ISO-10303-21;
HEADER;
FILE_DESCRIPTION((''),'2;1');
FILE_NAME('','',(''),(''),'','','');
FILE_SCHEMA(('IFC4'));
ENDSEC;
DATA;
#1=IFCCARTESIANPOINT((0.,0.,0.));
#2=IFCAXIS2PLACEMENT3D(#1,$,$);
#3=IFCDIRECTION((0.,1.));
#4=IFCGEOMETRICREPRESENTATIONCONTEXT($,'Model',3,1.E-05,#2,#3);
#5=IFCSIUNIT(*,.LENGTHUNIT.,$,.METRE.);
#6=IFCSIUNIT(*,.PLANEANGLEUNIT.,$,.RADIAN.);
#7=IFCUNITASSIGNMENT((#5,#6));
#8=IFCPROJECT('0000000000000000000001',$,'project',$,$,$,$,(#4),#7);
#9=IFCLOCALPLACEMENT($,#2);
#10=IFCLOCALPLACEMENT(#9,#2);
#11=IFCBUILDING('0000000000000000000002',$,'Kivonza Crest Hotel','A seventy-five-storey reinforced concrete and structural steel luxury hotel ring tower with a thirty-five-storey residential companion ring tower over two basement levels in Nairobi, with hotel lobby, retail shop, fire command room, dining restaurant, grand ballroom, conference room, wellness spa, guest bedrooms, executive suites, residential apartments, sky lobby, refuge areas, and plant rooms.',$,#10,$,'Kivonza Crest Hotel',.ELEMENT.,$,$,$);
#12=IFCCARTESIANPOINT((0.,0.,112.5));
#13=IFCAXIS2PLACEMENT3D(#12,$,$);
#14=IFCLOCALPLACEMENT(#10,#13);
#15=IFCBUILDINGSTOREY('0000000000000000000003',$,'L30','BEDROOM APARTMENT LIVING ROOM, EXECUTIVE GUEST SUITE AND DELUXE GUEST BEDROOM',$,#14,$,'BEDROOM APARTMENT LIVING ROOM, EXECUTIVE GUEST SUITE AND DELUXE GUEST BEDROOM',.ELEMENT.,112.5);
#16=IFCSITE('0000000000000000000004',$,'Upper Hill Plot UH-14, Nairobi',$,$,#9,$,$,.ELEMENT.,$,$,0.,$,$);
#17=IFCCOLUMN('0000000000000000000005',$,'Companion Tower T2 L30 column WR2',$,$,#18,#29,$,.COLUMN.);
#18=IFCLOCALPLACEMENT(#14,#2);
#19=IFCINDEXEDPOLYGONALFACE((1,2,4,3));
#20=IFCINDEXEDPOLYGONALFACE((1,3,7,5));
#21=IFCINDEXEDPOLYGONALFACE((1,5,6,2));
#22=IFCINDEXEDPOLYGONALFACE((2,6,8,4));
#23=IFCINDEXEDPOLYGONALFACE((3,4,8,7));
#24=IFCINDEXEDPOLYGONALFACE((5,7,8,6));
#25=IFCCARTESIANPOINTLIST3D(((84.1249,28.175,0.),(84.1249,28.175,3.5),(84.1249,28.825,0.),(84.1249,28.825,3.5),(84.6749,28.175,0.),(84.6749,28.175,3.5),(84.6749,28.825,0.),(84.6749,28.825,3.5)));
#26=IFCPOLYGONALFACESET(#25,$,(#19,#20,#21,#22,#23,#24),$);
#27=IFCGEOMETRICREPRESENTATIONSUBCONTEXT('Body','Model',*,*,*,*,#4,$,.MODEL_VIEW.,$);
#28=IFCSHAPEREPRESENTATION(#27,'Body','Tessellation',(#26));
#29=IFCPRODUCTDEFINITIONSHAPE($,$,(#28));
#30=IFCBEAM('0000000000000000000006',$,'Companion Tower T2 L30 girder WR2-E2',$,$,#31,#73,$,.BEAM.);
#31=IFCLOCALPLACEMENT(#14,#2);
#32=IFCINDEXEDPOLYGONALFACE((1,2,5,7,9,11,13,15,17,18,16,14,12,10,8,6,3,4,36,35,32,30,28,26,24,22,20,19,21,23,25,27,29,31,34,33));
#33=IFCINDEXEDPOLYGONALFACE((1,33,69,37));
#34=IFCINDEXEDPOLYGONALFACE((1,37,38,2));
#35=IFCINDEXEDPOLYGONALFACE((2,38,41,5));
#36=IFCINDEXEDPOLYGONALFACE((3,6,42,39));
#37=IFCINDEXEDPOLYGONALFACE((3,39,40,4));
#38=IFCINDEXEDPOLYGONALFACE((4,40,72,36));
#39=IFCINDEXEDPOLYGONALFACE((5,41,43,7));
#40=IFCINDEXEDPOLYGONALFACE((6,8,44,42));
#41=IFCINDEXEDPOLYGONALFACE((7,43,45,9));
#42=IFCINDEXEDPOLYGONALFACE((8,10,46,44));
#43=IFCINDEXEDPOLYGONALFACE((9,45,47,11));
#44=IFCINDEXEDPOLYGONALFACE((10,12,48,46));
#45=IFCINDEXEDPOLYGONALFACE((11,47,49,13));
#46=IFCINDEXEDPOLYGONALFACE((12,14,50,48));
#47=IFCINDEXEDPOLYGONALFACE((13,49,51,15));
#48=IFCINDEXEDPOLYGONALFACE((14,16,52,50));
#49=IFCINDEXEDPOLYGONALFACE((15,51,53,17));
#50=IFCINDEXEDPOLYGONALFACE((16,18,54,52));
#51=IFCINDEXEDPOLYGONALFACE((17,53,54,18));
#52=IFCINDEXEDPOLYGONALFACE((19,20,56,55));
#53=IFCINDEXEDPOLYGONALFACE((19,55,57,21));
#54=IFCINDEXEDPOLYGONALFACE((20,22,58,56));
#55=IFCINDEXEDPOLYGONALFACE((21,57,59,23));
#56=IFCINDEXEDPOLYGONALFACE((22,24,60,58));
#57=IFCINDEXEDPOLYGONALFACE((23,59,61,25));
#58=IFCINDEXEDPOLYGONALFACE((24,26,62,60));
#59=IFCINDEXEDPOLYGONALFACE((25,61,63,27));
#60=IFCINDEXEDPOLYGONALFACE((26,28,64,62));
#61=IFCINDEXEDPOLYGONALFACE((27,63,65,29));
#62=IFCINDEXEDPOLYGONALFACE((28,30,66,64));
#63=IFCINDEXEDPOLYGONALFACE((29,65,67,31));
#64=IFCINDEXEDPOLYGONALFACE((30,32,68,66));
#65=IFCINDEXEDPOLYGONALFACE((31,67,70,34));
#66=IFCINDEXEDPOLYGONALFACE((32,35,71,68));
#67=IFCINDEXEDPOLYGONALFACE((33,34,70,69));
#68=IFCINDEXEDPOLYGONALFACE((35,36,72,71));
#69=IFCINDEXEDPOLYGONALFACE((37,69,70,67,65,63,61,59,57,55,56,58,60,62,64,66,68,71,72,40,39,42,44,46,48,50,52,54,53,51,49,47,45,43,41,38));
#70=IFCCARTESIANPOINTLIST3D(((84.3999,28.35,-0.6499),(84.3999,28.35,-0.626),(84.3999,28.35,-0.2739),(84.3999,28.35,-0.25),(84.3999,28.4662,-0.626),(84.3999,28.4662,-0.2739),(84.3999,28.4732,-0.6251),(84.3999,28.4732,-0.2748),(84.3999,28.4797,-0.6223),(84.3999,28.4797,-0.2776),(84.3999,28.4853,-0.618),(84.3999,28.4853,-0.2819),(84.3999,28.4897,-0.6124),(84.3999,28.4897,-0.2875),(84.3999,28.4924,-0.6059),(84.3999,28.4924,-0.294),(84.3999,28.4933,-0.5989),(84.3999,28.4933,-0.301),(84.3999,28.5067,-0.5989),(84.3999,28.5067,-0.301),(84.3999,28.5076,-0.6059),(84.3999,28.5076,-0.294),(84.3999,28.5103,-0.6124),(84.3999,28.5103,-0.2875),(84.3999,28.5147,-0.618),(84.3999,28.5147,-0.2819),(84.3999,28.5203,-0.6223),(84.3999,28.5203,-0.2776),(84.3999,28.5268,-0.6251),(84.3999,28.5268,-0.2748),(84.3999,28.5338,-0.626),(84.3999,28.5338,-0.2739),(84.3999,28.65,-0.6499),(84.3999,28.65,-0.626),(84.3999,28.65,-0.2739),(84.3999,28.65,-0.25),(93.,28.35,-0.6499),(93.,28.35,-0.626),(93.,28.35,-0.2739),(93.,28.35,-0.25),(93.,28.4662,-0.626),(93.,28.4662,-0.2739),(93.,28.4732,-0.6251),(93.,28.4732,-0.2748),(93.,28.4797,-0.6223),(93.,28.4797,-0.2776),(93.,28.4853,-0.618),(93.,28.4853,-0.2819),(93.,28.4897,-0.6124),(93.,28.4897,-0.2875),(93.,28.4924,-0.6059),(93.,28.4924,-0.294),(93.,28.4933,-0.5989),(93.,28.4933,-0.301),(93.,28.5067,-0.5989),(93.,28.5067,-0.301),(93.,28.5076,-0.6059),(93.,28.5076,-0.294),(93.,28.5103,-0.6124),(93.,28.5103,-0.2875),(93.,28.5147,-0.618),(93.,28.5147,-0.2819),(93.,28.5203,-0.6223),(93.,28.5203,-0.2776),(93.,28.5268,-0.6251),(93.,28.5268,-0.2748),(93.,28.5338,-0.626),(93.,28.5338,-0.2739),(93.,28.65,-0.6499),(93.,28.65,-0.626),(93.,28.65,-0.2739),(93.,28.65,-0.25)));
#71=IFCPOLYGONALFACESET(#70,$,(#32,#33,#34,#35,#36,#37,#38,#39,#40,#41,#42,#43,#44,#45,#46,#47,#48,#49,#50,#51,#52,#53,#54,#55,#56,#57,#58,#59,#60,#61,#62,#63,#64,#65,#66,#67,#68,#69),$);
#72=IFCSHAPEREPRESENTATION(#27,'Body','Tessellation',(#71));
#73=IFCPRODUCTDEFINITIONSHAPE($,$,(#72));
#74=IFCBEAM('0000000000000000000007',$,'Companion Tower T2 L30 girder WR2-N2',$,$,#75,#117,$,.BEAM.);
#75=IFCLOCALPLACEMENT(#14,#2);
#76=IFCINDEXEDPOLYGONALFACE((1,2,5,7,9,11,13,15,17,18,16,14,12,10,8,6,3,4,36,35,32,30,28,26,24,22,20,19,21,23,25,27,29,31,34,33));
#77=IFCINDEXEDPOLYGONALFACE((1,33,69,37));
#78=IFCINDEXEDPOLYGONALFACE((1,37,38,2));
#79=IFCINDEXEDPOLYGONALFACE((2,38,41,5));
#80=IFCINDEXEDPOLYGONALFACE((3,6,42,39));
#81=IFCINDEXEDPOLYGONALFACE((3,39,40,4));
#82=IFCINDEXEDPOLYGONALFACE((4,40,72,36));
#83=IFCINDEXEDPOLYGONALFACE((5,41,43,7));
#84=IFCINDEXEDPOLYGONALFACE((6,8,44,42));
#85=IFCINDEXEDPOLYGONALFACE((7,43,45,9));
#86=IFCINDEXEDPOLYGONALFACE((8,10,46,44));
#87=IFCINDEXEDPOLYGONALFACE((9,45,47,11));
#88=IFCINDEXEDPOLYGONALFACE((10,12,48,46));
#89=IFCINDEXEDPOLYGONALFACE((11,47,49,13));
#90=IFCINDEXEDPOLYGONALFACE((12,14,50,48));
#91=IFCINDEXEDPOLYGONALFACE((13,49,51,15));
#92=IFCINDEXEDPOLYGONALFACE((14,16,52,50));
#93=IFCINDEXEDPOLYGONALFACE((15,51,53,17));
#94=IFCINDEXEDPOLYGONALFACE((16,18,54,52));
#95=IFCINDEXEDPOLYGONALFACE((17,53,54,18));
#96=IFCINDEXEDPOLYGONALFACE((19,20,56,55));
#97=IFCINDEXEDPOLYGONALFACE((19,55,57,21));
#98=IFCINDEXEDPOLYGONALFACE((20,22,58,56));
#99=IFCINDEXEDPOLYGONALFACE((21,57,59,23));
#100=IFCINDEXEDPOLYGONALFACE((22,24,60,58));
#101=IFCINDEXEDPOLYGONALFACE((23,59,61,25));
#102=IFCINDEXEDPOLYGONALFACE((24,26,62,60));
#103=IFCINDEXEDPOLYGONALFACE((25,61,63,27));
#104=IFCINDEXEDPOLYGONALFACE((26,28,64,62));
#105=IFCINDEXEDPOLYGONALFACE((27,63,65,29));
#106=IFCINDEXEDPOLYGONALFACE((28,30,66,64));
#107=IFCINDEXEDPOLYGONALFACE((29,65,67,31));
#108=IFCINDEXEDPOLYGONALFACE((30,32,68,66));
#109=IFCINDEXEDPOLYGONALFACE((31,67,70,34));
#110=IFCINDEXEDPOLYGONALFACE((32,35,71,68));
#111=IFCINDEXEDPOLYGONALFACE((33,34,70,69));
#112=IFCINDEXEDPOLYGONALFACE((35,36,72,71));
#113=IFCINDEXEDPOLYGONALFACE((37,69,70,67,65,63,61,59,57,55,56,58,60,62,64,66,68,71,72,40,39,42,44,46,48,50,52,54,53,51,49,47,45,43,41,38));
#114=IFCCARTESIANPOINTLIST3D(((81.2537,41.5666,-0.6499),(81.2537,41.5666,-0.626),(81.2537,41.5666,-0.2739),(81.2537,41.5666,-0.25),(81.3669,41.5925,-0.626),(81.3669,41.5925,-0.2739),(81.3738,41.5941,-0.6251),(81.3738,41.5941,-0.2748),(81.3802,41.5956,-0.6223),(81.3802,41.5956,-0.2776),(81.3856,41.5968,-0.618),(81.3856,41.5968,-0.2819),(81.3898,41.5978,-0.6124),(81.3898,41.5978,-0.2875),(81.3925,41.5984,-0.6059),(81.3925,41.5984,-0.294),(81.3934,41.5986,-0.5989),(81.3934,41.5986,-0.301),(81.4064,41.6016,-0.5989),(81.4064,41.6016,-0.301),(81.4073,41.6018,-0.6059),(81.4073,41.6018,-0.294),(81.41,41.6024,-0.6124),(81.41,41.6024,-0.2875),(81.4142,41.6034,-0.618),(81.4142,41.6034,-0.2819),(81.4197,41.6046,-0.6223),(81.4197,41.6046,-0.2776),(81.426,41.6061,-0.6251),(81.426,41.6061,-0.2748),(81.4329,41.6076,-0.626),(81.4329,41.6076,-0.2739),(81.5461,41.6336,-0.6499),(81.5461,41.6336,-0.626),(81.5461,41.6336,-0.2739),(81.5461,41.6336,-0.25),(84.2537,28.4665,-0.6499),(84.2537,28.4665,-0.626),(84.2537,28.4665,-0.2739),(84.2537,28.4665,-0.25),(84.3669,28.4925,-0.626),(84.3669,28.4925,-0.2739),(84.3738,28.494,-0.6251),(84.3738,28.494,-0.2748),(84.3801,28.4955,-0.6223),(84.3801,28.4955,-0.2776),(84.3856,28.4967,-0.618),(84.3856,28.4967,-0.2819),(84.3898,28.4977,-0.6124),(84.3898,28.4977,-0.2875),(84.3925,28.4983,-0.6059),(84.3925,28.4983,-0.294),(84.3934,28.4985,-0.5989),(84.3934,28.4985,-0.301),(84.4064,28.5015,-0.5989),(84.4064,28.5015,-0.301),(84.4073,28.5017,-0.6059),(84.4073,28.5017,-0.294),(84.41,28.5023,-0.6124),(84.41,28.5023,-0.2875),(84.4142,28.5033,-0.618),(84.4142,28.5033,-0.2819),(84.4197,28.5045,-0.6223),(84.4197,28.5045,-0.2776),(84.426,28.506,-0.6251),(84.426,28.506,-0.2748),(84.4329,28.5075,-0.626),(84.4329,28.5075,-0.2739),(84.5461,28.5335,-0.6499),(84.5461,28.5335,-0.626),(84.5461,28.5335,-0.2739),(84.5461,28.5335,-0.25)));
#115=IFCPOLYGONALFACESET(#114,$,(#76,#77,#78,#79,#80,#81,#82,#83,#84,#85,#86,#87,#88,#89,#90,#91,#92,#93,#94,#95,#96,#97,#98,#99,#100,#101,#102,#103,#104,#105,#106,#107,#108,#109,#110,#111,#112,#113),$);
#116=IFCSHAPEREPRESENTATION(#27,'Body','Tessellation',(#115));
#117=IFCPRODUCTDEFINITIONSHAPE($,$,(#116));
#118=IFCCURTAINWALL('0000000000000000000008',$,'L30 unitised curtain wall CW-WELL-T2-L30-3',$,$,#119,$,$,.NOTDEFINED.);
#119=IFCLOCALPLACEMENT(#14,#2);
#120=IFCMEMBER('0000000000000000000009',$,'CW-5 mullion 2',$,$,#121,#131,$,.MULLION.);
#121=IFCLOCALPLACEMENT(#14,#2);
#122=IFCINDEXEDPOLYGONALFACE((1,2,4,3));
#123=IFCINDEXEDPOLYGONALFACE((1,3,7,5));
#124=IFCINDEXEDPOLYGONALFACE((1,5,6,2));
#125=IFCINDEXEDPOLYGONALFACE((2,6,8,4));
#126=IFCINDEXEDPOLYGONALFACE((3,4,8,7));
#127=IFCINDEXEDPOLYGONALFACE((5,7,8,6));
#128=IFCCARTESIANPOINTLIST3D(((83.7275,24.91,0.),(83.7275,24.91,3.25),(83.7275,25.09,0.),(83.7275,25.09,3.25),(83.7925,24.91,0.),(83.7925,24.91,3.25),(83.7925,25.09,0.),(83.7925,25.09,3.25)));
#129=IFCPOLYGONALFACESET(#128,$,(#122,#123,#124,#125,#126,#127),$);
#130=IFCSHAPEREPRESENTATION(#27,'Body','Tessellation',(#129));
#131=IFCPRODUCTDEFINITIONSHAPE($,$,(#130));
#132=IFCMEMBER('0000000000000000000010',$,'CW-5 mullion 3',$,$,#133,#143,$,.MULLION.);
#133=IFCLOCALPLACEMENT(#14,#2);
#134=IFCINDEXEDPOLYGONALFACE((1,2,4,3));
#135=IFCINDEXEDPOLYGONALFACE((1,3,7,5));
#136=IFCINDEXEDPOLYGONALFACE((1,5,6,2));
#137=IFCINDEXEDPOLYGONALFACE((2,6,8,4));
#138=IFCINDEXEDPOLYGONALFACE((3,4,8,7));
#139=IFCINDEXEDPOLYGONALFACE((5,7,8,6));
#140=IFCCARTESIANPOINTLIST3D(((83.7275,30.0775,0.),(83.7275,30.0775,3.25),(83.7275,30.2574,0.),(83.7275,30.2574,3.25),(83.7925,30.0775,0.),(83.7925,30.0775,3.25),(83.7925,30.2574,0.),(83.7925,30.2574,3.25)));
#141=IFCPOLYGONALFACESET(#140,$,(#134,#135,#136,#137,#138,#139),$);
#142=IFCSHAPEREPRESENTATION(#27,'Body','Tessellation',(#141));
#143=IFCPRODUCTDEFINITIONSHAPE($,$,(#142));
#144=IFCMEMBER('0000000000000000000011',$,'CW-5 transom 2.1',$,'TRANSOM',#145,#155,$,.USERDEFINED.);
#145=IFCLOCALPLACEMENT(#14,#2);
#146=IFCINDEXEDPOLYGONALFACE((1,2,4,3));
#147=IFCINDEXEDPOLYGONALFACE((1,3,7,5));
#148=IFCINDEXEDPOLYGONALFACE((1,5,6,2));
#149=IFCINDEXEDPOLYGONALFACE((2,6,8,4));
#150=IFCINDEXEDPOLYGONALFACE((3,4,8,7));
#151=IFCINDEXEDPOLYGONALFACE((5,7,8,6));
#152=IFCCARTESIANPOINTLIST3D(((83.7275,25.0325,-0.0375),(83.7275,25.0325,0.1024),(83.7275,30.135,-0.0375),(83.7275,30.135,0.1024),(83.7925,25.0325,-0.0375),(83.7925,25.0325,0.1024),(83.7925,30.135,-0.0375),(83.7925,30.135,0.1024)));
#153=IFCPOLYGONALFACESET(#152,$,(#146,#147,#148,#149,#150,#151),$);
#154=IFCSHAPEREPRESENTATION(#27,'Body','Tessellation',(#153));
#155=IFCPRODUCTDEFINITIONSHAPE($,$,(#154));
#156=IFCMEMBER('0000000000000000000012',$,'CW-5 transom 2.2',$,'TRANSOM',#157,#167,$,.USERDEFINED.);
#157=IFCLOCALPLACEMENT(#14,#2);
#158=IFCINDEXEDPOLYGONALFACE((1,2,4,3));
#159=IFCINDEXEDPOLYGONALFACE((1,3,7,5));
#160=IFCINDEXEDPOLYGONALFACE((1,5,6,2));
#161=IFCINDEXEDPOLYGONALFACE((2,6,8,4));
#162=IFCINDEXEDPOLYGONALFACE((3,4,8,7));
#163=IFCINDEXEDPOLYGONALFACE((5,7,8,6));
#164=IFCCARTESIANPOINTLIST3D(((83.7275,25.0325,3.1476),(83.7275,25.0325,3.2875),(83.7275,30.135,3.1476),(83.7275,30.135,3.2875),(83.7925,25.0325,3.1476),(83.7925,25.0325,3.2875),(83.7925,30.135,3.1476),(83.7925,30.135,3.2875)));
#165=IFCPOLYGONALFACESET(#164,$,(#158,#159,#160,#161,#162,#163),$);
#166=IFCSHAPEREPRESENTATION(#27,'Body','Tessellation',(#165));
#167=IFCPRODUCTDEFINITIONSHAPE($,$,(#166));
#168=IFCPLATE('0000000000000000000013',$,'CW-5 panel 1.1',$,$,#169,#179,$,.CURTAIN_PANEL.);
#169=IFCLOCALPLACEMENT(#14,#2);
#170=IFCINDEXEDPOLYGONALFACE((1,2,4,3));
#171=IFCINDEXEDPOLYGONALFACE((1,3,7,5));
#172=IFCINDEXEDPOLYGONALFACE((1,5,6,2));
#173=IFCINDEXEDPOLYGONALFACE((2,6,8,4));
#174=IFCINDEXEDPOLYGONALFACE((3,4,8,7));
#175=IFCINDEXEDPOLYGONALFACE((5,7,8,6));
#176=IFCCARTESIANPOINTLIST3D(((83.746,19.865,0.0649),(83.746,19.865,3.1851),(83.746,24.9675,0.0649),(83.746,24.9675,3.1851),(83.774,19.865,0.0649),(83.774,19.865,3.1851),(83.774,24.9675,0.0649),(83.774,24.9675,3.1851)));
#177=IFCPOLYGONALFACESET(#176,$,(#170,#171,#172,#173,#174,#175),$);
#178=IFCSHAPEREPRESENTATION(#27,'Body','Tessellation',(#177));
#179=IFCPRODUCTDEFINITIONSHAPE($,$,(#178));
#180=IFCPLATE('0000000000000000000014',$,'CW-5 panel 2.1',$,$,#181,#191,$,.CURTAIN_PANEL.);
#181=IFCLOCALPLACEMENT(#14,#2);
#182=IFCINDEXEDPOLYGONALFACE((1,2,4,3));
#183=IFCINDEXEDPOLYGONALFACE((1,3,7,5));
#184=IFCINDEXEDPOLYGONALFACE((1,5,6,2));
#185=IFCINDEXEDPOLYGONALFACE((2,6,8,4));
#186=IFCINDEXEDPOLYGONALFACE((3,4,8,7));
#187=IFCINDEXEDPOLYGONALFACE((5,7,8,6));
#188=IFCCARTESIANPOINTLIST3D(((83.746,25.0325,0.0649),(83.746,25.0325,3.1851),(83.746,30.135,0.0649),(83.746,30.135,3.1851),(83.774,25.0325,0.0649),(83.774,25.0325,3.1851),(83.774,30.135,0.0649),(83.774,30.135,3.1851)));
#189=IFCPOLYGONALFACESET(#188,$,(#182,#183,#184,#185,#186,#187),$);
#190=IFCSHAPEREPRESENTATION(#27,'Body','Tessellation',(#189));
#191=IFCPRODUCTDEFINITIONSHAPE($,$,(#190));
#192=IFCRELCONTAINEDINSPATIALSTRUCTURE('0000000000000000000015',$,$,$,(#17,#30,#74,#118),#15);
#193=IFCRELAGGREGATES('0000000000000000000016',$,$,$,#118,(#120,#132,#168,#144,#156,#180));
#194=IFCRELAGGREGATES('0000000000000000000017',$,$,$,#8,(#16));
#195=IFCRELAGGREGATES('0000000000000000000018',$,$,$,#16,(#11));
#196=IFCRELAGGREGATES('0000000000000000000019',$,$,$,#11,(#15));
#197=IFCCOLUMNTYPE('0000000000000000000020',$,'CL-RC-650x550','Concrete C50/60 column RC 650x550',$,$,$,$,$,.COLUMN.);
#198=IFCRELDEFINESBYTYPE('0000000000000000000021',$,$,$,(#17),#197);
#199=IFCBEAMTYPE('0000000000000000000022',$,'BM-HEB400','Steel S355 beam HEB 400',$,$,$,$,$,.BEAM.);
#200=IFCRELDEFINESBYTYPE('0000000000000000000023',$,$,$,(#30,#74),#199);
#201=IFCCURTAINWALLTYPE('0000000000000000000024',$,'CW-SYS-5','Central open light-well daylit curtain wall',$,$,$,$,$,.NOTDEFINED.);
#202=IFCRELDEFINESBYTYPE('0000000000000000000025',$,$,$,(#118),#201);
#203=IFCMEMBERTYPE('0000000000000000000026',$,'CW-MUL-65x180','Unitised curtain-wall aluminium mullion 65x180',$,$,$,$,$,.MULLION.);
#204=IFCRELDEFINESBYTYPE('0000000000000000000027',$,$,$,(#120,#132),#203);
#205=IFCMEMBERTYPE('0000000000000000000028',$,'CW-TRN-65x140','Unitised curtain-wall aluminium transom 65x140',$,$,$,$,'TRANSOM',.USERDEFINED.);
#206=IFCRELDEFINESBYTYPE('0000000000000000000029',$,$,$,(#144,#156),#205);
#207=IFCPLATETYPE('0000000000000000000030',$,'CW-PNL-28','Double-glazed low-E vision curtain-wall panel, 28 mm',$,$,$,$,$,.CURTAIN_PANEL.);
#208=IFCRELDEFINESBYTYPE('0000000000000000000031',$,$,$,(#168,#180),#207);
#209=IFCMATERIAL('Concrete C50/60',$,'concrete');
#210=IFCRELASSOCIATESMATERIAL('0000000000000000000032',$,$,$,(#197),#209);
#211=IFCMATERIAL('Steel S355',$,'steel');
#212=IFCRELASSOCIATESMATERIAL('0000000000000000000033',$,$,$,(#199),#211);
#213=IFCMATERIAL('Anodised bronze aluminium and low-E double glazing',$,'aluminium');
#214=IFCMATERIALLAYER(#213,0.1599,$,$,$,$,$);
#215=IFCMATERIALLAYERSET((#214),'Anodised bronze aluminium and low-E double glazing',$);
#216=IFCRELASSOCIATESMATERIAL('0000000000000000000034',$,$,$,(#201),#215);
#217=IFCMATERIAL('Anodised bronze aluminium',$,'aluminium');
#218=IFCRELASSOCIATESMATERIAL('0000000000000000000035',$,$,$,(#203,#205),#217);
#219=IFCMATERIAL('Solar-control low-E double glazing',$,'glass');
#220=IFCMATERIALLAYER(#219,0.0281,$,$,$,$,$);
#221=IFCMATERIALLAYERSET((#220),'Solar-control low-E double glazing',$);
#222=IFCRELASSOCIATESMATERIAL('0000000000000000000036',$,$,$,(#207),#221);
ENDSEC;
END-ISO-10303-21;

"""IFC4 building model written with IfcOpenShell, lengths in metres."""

from ifc_helpers import new_model, si_unit, direction, frame, origin, origin_2d, place, context, subcontext, project, spatial, rectangle, i_section, extrude, material, layer, layer_set, material_profile, profile_set, type_object, element, aggregate, save


model = new_model("IFC4")

# Units and contexts
model_context = context("Model", 3, precision=1e-05, world=origin(), true_north=direction((0.0, 1.0)))
body_context = subcontext(model_context, "Body", "Model", "MODEL_VIEW")
ifc_project = project(units=[si_unit("LENGTHUNIT", "METRE"), si_unit("PLANEANGLEUNIT", "RADIAN")], contexts=[model_context])

# Site, building, storey
site_placement = place(None, origin())
site = spatial("IfcSite", under=ifc_project, at=site_placement, Name="Upper Hill Plot UH-14, Nairobi", CompositionType="ELEMENT", RefElevation=0.0)
building_placement = place(site_placement, origin())
building = spatial("IfcBuilding", under=site, at=building_placement, Name="Kivonza Crest Hotel", Description="A seventy-five-storey reinforced concrete and structural steel luxury hotel ring tower with a thirty-five-storey residential companion ring tower over two basement levels in Nairobi, with hotel lobby, retail shop, fire command room, dining restaurant, grand ballroom, conference room, wellness spa, guest bedrooms, executive suites, residential apartments, sky lobby, refuge areas, and plant rooms.", LongName="Kivonza Crest Hotel", CompositionType="ELEMENT")
storey_placement = place(building_placement, frame((0.0, 0.0, 112.5)))
storey = spatial("IfcBuildingStorey", under=building, at=storey_placement, Name="L30", Description="BEDROOM APARTMENT LIVING ROOM, EXECUTIVE GUEST SUITE AND DELUXE GUEST BEDROOM", LongName="BEDROOM APARTMENT LIVING ROOM, EXECUTIVE GUEST SUITE AND DELUXE GUEST BEDROOM", CompositionType="ELEMENT", Elevation=112.5)

# Column
ifc_material_1 = material(Name="Concrete C50/60", Category="concrete")
ifc_material_profile_1 = material_profile(ifc_material_1, rectangle(XDim=0.55, YDim=0.6499, at=origin_2d()), Name="RC 650x550")
ifc_profile_set_1 = profile_set([ifc_material_profile_1], Name="Concrete C50/60")
column_type = type_object("IfcColumnType", Name="CL-RC-650x550", Description="Concrete C50/60 column RC 650x550", PredefinedType="COLUMN", material=ifc_profile_set_1)
column_placement = place(storey_placement, frame((84.3999, 28.5, 0.0), z_axis=(0.0, 0.0, 1.0), x_axis=(1.0, 0.0, 0.0)))
element("IfcColumn", 1, at=column_placement, inside=storey, type_object=column_type, Name="Companion Tower T2 L30 column WR2", PredefinedType="COLUMN", context=body_context, shape_type="SweptSolid", body=[
    extrude(rectangle(XDim=0.55, YDim=0.6499, at=origin_2d()), origin(), (0.0, 0.0, 1.0), 3.5),
])

# Beams
ifc_material_2 = material(Name="Steel S355", Category="steel")
ifc_material_profile_2 = material_profile(ifc_material_2, i_section(OverallWidth=0.3, OverallDepth=0.3999, WebThickness=0.0134, FlangeThickness=0.0239, FilletRadius=0.0271, at=origin_2d()), Name="HEB 400")
ifc_profile_set_2 = profile_set([ifc_material_profile_2], Name="Steel S355")
beam_type = type_object("IfcBeamType", Name="BM-HEB400", Description="Steel S355 beam HEB 400", PredefinedType="BEAM", material=ifc_profile_set_2)
beam_1_placement = place(storey_placement, frame((84.3999, 28.5, -0.45), z_axis=(1.0, 0.0, 0.0), x_axis=(0.0, 1.0, 0.0)))
element("IfcBeam", 2, at=beam_1_placement, inside=storey, type_object=beam_type, Name="Companion Tower T2 L30 girder WR2-E2", PredefinedType="BEAM", context=body_context, shape_type="SweptSolid", body=[
    extrude(i_section(OverallWidth=0.3, OverallDepth=0.3999, WebThickness=0.0134, FlangeThickness=0.0239, FilletRadius=0.0271, at=origin_2d()), origin(), (0.0, 0.0, 1.0), 8.6001),
])
beam_2_placement = place(storey_placement, frame((84.3999, 28.5, -0.45), z_axis=(-0.223227, 0.974766, 0.0), x_axis=(-0.974766, -0.223227, 0.0)))
element("IfcBeam", 3, at=beam_2_placement, inside=storey, type_object=beam_type, Name="Companion Tower T2 L30 girder WR2-N2", PredefinedType="BEAM", context=body_context, shape_type="SweptSolid", body=[
    extrude(i_section(OverallWidth=0.3, OverallDepth=0.3999, WebThickness=0.0134, FlangeThickness=0.0239, FilletRadius=0.0271, at=origin_2d()), origin(), (0.0, 0.0, 1.0), 13.4392),
])

# Curtain wall, members, plates
ifc_material_3 = material(Name="Anodised bronze aluminium and low-E double glazing", Category="aluminium")
ifc_layer_1 = layer(ifc_material_3, 0.1599)
ifc_layer_set_1 = layer_set([ifc_layer_1], Name="Anodised bronze aluminium and low-E double glazing")
curtain_wall_type = type_object("IfcCurtainWallType", Name="CW-SYS-5", Description="Central open light-well daylit curtain wall", PredefinedType="NOTDEFINED", material=ifc_layer_set_1)
curtain_wall_placement = place(storey_placement, origin())
curtain_wall = element("IfcCurtainWall", 4, at=curtain_wall_placement, inside=storey, type_object=curtain_wall_type, Name="L30 unitised curtain wall CW-WELL-T2-L30-3", PredefinedType="NOTDEFINED")
ifc_material_4 = material(Name="Anodised bronze aluminium", Category="aluminium")
ifc_material_profile_3 = material_profile(ifc_material_4, rectangle(XDim=0.0649, YDim=0.1799, at=origin_2d()), Name="CW-M 65x180")
ifc_profile_set_3 = profile_set([ifc_material_profile_3], Name="Anodised bronze aluminium")
member_type_1 = type_object("IfcMemberType", Name="CW-MUL-65x180", Description="Unitised curtain-wall aluminium mullion 65x180", PredefinedType="MULLION", material=ifc_profile_set_3)
member_1_placement = place(storey_placement, frame((83.76, 25.0, 0.0), z_axis=(0.0, 0.0, 1.0), x_axis=(-1.0, 0.0, 0.0)))
member_1 = element("IfcMember", 5, at=member_1_placement, type_object=member_type_1, Name="CW-5 mullion 2", PredefinedType="MULLION", context=body_context, shape_type="SweptSolid", body=[
    extrude(rectangle(XDim=0.0649, YDim=0.1799, at=origin_2d()), origin(), (0.0, 0.0, 1.0), 3.25),
])
member_2_placement = place(storey_placement, frame((83.76, 30.1675, 0.0), z_axis=(0.0, 0.0, 1.0), x_axis=(-1.0, 0.0, 0.0)))
member_2 = element("IfcMember", 6, at=member_2_placement, type_object=member_type_1, Name="CW-5 mullion 3", PredefinedType="MULLION", context=body_context, shape_type="SweptSolid", body=[
    extrude(rectangle(XDim=0.0649, YDim=0.1799, at=origin_2d()), origin(), (0.0, 0.0, 1.0), 3.25),
])
ifc_material_profile_4 = material_profile(ifc_material_4, rectangle(XDim=0.0649, YDim=0.1399, at=origin_2d()), Name="CW-T 65x140")
ifc_profile_set_4 = profile_set([ifc_material_profile_4], Name="Anodised bronze aluminium")
member_type_2 = type_object("IfcMemberType", Name="CW-TRN-65x140", Description="Unitised curtain-wall aluminium transom 65x140", ElementType="TRANSOM", PredefinedType="USERDEFINED", material=ifc_profile_set_4)
member_3_placement = place(storey_placement, frame((83.76, 25.0325, 0.0325), z_axis=(0.0, 1.0, 0.0), x_axis=(-1.0, 0.0, 0.0)))
member_3 = element("IfcMember", 7, at=member_3_placement, type_object=member_type_2, Name="CW-5 transom 2.1", ObjectType="TRANSOM", PredefinedType="USERDEFINED", context=body_context, shape_type="SweptSolid", body=[
    extrude(rectangle(XDim=0.0649, YDim=0.1399, at=origin_2d()), origin(), (0.0, 0.0, 1.0), 5.1025),
])
member_4_placement = place(storey_placement, frame((83.76, 25.0325, 3.2175), z_axis=(0.0, 1.0, 0.0), x_axis=(-1.0, 0.0, 0.0)))
member_4 = element("IfcMember", 8, at=member_4_placement, type_object=member_type_2, Name="CW-5 transom 2.2", ObjectType="TRANSOM", PredefinedType="USERDEFINED", context=body_context, shape_type="SweptSolid", body=[
    extrude(rectangle(XDim=0.0649, YDim=0.1399, at=origin_2d()), origin(), (0.0, 0.0, 1.0), 5.1025),
])
ifc_material_5 = material(Name="Solar-control low-E double glazing", Category="glass")
ifc_layer_2 = layer(ifc_material_5, 0.0281)
ifc_layer_set_2 = layer_set([ifc_layer_2], Name="Solar-control low-E double glazing")
plate_type = type_object("IfcPlateType", Name="CW-PNL-28", Description="Double-glazed low-E vision curtain-wall panel, 28 mm", PredefinedType="CURTAIN_PANEL", material=ifc_layer_set_2)
plate_1_placement = place(storey_placement, frame((83.76, 22.4163, 0.0649), z_axis=(0.0, 0.0, 1.0), x_axis=(0.0, 1.0, 0.0)))
plate_1 = element("IfcPlate", 9, at=plate_1_placement, type_object=plate_type, Name="CW-5 panel 1.1", PredefinedType="CURTAIN_PANEL", context=body_context, shape_type="SweptSolid", body=[
    extrude(rectangle(XDim=5.1025, YDim=0.0281, at=origin_2d()), origin(), (0.0, 0.0, 1.0), 3.1201),
])
plate_2_placement = place(storey_placement, frame((83.76, 27.5837, 0.0649), z_axis=(0.0, 0.0, 1.0), x_axis=(0.0, 1.0, 0.0)))
plate_2 = element("IfcPlate", 10, at=plate_2_placement, type_object=plate_type, Name="CW-5 panel 2.1", PredefinedType="CURTAIN_PANEL", context=body_context, shape_type="SweptSolid", body=[
    extrude(rectangle(XDim=5.1025, YDim=0.0281, at=origin_2d()), origin(), (0.0, 0.0, 1.0), 3.1201),
])
aggregate(curtain_wall, [member_1, member_2, plate_1, member_3, member_4, plate_2])

save(model, "model.ifc")
